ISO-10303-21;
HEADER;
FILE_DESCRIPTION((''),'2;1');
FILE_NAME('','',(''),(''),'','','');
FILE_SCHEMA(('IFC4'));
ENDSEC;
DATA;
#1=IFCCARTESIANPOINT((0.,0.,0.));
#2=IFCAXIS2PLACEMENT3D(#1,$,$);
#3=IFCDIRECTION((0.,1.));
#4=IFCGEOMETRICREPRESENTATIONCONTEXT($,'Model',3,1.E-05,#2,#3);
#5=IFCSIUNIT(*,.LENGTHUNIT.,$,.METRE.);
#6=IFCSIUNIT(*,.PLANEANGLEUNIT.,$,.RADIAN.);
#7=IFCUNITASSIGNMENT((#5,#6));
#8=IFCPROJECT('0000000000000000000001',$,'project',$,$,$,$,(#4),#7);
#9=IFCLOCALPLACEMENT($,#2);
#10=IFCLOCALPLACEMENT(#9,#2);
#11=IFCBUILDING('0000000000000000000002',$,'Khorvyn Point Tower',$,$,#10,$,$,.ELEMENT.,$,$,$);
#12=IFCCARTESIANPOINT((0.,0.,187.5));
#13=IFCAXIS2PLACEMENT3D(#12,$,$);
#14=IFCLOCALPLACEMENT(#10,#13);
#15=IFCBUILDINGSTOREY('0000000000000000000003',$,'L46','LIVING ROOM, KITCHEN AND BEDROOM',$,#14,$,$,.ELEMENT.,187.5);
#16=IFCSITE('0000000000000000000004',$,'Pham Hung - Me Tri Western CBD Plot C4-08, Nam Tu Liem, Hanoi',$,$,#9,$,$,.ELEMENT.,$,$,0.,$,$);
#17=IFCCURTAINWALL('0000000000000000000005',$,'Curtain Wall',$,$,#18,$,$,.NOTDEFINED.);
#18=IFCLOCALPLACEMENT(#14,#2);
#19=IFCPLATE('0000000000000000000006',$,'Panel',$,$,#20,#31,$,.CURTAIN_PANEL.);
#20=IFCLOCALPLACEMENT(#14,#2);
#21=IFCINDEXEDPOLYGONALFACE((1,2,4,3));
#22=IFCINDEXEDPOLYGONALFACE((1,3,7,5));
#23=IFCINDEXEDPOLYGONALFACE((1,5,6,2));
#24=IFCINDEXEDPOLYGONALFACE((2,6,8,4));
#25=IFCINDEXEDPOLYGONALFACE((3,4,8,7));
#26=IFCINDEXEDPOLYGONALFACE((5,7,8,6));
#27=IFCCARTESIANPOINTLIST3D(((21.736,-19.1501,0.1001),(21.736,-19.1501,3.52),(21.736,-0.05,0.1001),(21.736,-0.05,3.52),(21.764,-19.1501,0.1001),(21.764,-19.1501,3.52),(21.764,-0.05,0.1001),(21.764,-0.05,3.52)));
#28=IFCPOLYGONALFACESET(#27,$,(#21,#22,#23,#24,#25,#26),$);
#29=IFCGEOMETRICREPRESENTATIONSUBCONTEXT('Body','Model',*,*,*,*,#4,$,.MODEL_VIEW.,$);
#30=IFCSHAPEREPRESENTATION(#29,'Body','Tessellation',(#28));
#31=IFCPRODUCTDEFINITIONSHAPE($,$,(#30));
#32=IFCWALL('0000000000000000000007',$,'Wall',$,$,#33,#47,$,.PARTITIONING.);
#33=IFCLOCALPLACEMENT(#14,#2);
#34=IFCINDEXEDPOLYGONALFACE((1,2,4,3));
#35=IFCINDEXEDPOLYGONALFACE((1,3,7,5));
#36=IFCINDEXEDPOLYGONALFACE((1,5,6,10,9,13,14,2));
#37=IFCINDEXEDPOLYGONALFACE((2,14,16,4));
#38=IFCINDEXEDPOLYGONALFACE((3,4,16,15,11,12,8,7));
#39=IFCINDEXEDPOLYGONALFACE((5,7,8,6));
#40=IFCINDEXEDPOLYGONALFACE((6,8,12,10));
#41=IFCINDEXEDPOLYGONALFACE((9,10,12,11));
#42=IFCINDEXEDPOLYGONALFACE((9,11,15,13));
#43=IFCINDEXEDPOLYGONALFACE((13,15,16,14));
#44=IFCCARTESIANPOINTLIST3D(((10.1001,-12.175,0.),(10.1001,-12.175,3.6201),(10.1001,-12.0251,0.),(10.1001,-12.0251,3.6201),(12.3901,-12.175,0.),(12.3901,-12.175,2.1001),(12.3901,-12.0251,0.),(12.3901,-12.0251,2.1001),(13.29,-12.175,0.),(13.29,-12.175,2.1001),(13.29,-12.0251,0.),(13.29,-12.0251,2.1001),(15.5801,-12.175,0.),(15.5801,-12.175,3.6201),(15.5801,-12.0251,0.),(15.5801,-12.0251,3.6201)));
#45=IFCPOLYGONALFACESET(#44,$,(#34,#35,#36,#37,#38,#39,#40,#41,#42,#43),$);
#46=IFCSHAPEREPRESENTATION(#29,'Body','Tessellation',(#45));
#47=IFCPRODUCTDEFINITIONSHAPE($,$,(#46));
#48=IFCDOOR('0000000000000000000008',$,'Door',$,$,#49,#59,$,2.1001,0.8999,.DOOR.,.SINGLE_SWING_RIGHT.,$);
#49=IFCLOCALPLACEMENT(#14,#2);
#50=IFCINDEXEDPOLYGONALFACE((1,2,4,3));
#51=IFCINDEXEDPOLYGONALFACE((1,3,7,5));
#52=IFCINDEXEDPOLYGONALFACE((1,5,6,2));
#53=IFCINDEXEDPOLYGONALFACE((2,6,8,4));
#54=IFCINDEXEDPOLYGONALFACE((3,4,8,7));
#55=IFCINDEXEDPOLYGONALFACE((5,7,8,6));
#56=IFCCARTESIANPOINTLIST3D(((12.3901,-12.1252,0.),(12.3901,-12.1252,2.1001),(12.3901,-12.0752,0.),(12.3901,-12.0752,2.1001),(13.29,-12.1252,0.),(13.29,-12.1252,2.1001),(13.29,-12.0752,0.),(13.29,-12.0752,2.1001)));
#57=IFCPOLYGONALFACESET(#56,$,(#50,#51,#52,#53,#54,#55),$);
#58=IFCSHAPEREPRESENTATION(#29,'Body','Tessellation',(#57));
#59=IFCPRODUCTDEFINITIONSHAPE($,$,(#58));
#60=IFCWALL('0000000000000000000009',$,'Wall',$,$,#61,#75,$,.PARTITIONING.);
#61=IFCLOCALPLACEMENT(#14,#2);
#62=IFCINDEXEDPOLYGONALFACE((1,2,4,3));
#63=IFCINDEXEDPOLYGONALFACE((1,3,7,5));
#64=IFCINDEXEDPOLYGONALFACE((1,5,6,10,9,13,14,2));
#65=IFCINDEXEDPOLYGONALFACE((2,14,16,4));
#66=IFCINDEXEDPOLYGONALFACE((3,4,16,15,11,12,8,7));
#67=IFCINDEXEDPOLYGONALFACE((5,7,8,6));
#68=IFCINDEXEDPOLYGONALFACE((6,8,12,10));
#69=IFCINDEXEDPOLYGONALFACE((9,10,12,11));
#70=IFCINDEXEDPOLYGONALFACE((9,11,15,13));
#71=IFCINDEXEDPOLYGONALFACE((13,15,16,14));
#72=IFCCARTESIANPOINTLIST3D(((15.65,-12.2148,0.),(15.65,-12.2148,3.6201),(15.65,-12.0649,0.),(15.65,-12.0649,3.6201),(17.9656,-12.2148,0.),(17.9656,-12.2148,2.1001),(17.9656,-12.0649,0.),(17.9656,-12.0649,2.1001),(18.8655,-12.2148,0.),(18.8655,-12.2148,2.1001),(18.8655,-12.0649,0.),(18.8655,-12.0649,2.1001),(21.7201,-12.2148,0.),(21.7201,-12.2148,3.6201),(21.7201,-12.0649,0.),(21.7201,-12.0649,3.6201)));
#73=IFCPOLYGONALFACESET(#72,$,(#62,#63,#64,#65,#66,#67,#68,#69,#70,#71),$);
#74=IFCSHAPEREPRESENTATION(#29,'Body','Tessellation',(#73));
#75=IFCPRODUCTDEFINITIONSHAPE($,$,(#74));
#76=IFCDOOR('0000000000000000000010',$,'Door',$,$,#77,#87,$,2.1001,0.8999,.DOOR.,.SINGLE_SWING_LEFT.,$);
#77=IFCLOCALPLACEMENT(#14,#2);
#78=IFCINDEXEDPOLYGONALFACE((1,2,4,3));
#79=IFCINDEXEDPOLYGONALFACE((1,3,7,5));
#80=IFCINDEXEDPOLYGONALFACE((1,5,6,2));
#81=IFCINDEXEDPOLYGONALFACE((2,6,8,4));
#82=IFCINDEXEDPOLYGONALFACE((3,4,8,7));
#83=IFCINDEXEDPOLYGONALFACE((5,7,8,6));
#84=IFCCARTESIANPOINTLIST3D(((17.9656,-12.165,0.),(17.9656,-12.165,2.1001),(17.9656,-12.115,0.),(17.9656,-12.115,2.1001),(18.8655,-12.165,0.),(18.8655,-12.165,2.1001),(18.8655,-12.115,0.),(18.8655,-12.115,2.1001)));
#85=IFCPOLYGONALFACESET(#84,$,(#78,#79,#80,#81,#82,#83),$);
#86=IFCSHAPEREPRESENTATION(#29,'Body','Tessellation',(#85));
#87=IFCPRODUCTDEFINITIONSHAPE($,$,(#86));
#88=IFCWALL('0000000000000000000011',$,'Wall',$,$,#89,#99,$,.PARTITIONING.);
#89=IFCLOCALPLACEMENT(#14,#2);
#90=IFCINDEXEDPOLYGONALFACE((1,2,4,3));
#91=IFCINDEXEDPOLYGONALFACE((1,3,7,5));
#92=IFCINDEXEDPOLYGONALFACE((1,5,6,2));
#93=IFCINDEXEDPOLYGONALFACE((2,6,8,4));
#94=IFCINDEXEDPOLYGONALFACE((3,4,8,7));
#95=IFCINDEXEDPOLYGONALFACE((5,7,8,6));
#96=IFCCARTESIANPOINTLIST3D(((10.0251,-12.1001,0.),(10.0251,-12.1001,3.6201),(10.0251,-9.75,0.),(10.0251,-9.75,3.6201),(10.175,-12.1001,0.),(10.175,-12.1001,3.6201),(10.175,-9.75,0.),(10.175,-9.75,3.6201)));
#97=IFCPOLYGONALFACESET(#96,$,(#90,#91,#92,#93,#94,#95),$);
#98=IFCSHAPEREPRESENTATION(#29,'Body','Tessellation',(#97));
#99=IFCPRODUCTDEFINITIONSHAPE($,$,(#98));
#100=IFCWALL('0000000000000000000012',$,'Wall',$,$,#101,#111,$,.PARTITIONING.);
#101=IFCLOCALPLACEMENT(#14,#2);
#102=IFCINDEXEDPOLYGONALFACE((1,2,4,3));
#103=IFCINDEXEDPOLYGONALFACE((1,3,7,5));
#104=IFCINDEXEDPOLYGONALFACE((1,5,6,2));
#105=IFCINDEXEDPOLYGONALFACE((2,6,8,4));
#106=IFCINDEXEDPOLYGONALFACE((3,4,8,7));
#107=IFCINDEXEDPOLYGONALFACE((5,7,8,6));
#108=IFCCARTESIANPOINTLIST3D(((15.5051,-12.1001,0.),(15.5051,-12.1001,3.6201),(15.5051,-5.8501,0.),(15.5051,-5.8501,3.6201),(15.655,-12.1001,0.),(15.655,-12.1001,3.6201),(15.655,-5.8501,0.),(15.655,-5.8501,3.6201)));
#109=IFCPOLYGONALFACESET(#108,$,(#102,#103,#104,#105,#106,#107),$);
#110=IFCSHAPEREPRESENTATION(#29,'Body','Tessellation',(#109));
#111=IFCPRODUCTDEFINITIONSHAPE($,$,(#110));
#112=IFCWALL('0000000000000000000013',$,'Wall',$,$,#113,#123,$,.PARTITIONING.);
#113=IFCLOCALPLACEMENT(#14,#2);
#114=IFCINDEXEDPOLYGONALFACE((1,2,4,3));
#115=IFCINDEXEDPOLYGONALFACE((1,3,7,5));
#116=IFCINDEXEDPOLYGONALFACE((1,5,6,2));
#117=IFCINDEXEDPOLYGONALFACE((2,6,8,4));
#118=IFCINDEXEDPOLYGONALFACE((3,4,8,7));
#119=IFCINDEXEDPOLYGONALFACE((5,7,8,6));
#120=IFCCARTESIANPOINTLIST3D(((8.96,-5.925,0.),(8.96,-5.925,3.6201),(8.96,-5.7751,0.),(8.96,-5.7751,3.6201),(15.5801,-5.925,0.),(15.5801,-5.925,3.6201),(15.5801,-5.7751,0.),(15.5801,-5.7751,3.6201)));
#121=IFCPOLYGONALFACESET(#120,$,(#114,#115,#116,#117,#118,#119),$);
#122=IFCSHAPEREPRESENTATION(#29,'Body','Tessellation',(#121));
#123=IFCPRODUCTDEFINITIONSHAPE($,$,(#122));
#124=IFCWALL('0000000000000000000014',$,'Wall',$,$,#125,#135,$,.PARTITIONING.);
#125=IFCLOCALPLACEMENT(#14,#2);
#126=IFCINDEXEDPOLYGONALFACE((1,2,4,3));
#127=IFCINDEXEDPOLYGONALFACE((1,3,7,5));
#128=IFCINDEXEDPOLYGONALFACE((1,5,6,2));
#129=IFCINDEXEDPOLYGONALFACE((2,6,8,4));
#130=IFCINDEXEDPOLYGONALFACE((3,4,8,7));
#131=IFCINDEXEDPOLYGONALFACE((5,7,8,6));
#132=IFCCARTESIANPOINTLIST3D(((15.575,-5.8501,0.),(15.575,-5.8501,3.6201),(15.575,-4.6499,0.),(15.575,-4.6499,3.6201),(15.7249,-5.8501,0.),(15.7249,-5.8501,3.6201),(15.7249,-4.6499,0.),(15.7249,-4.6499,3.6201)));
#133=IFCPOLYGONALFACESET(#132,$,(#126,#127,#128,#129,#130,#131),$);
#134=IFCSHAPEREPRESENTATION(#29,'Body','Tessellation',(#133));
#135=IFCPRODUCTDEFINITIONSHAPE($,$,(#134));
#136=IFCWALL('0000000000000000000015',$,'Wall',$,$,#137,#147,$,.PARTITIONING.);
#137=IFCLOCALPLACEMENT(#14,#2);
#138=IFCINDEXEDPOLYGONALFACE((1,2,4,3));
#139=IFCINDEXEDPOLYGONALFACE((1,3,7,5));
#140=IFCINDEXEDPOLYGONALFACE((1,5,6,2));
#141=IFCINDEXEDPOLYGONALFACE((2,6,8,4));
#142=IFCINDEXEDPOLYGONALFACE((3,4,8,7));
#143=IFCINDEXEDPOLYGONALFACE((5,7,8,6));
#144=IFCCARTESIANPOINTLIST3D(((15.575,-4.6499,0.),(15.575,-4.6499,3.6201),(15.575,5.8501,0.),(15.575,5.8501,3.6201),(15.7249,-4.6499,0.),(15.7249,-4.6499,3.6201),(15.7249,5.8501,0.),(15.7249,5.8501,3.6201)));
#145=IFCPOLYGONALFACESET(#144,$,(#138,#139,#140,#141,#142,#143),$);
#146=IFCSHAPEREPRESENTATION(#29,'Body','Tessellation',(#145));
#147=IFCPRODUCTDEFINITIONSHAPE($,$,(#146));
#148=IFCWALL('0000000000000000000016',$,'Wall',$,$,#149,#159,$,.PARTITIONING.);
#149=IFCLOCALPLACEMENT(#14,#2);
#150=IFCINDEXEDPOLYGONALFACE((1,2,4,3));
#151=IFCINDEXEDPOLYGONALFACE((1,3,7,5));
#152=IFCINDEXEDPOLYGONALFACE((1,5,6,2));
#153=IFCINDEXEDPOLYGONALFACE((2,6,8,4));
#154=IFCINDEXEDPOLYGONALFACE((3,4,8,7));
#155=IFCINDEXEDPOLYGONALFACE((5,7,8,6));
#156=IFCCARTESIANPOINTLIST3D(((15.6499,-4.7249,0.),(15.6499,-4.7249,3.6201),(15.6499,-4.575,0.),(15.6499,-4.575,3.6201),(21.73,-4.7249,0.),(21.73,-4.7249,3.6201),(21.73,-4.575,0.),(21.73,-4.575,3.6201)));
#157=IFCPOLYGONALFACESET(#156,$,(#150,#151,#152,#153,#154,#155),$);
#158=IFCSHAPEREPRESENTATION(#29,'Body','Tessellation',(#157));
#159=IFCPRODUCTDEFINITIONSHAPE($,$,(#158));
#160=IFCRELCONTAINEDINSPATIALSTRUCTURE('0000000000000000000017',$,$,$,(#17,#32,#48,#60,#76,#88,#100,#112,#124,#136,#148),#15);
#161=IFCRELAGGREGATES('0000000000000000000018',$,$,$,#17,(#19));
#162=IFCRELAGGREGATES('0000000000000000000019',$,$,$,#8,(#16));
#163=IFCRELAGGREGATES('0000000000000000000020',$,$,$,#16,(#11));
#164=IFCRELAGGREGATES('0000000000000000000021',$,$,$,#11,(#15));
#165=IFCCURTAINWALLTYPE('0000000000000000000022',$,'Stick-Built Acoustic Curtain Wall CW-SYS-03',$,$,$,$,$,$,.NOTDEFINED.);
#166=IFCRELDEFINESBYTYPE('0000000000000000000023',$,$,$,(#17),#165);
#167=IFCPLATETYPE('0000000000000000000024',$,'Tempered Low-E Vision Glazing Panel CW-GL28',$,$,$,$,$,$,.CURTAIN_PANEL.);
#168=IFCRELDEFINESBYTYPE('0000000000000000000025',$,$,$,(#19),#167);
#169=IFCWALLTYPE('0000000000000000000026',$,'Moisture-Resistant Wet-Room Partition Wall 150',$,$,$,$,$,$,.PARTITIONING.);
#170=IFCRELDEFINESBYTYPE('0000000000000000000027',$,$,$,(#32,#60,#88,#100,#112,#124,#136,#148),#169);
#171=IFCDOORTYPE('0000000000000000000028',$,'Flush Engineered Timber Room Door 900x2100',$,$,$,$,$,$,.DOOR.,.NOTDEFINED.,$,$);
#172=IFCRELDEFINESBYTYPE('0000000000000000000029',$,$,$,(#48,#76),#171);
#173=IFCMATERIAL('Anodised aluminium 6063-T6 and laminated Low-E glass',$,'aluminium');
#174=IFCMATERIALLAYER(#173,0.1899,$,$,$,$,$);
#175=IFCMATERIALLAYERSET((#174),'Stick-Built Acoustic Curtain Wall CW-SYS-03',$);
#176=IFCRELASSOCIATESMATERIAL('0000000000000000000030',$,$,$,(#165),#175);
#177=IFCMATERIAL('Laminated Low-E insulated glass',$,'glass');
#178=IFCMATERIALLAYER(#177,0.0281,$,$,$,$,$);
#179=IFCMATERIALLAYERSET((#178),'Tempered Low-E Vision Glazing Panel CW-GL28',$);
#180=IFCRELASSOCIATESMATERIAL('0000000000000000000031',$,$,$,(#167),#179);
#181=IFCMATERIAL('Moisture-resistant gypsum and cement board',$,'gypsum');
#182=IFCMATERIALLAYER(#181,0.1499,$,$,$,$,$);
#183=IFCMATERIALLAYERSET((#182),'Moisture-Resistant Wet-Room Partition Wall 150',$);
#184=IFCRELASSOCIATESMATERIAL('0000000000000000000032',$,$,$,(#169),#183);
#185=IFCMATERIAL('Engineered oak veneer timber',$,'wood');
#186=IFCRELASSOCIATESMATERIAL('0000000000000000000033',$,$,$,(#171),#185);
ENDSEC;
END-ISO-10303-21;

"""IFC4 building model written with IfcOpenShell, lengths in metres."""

from ifc_helpers import new_model, si_unit, direction, frame, frame_2d, origin, origin_2d, place, context, subcontext, project, spatial, rectangle, extrude, material, layer, layer_set, type_object, element, fill, aggregate, save


model = new_model("IFC4")

# Units and contexts
model_context = context("Model", 3, precision=1e-05, world=origin(), true_north=direction((0.0, 1.0)))
body_context = subcontext(model_context, "Body", "Model", "MODEL_VIEW")
ifc_project = project(units=[si_unit("LENGTHUNIT", "METRE"), si_unit("PLANEANGLEUNIT", "RADIAN")], contexts=[model_context])

# Site, building, storey
site_placement = place(None, origin())
site = spatial("IfcSite", under=ifc_project, at=site_placement, Name="Pham Hung - Me Tri Western CBD Plot C4-08, Nam Tu Liem, Hanoi", CompositionType="ELEMENT", RefElevation=0.0)
building_placement = place(site_placement, origin())
building = spatial("IfcBuilding", under=site, at=building_placement, Name="Khorvyn Point Tower", CompositionType="ELEMENT")
storey_placement = place(building_placement, frame((0.0, 0.0, 187.5)))
storey = spatial("IfcBuildingStorey", under=building, at=storey_placement, Name="L46", Description="LIVING ROOM, KITCHEN AND BEDROOM", CompositionType="ELEMENT", Elevation=187.5)

# Curtain wall, plate
ifc_material_1 = material(Name="Anodised aluminium 6063-T6 and laminated Low-E glass", Category="aluminium")
ifc_layer_1 = layer(ifc_material_1, 0.1899)
ifc_layer_set_1 = layer_set([ifc_layer_1], Name="Stick-Built Acoustic Curtain Wall CW-SYS-03")
curtain_wall_type = type_object("IfcCurtainWallType", Name="Stick-Built Acoustic Curtain Wall CW-SYS-03", PredefinedType="NOTDEFINED", material=ifc_layer_set_1)
curtain_wall_placement = place(storey_placement, origin())
curtain_wall = element("IfcCurtainWall", 1, at=curtain_wall_placement, inside=storey, type_object=curtain_wall_type, Name="Curtain Wall", PredefinedType="NOTDEFINED")
ifc_material_2 = material(Name="Laminated Low-E insulated glass", Category="glass")
ifc_layer_2 = layer(ifc_material_2, 0.0281)
ifc_layer_set_2 = layer_set([ifc_layer_2], Name="Tempered Low-E Vision Glazing Panel CW-GL28")
plate_type_1 = type_object("IfcPlateType", Name="Tempered Low-E Vision Glazing Panel CW-GL28", PredefinedType="CURTAIN_PANEL", material=ifc_layer_set_2)
plate_placement = place(storey_placement, frame((21.75, -9.6001, 0.1001), z_axis=(0.0, 0.0, 1.0), x_axis=(0.0, -1.0, 0.0)))
plate = element("IfcPlate", 2, at=plate_placement, type_object=plate_type_1, Name="Panel", PredefinedType="CURTAIN_PANEL", context=body_context, shape_type="SweptSolid", body=[
    extrude(rectangle(XDim=19.1001, YDim=0.0281, at=origin_2d()), origin(), (0.0, 0.0, 1.0), 3.4199),
])
aggregate(curtain_wall, [plate])

# Walls, openings, doors
ifc_material_3 = material(Name="Moisture-resistant gypsum and cement board", Category="gypsum")
ifc_layer_3 = layer(ifc_material_3, 0.1499)
ifc_layer_set_3 = layer_set([ifc_layer_3], Name="Moisture-Resistant Wet-Room Partition Wall 150")
wall_type = type_object("IfcWallType", Name="Moisture-Resistant Wet-Room Partition Wall 150", PredefinedType="PARTITIONING", material=ifc_layer_set_3)
wall_1_placement = place(storey_placement, frame((10.1001, -12.1001, 0.0), z_axis=(0.0, 0.0, 1.0), x_axis=(1.0, 0.0, 0.0)))
wall_1 = element("IfcWall", 3, at=wall_1_placement, inside=storey, type_object=wall_type, Name="Wall", PredefinedType="PARTITIONING", context=body_context, shape_type="SweptSolid", body=[
    extrude(rectangle(XDim=5.48, YDim=0.1499, at=frame_2d((2.74, 0.0))), origin(), (0.0, 0.0, 1.0), 3.6201),
])
opening_1_placement = place(wall_1_placement, frame((2.29, 0.0, 0.0)))
opening_1 = element("IfcOpeningElement", 4, at=opening_1_placement, cuts=wall_1, PredefinedType="OPENING", context=body_context, shape_type="SweptSolid", body=[
    extrude(rectangle(XDim=0.8999, YDim=2.1001, at=frame_2d((0.45, 1.05))), frame((0.0, 0.085, 0.0), z_axis=(0.0, -1.0, 0.0), x_axis=(1.0, 0.0, 0.0)), (0.0, 0.0, 1.0), 0.1699),
])
ifc_material_4 = material(Name="Engineered oak veneer timber", Category="wood")
door_type = type_object("IfcDoorType", Name="Flush Engineered Timber Room Door 900x2100", OperationType="NOTDEFINED", PredefinedType="DOOR", material=ifc_material_4)
door_1_placement = place(opening_1_placement, origin())
door_1 = element("IfcDoor", 5, at=door_1_placement, inside=storey, type_object=door_type, Name="Door", OperationType="SINGLE_SWING_RIGHT", OverallHeight=2.1001, OverallWidth=0.8999, PredefinedType="DOOR", context=body_context, shape_type="SweptSolid", body=[
    extrude(rectangle(XDim=0.8999, YDim=2.1001, at=frame_2d((0.45, 1.05))), frame((0.0, 0.0249, 0.0), z_axis=(0.0, -1.0, 0.0), x_axis=(1.0, 0.0, 0.0)), (0.0, 0.0, 1.0), 0.05),
])
fill(opening_1, door_1)
wall_2_placement = place(storey_placement, frame((15.6499, -12.1399, 0.0), z_axis=(0.0, 0.0, 1.0), x_axis=(1.0, 0.0, 0.0)))
wall_2 = element("IfcWall", 6, at=wall_2_placement, inside=storey, type_object=wall_type, Name="Wall", PredefinedType="PARTITIONING", context=body_context, shape_type="SweptSolid", body=[
    extrude(rectangle(XDim=6.0701, YDim=0.1499, at=frame_2d((3.0352, 0.0))), origin(), (0.0, 0.0, 1.0), 3.6201),
])
opening_2_placement = place(wall_2_placement, frame((2.3157, 0.0, 0.0)))
opening_2 = element("IfcOpeningElement", 7, at=opening_2_placement, cuts=wall_2, PredefinedType="OPENING", context=body_context, shape_type="SweptSolid", body=[
    extrude(rectangle(XDim=0.8999, YDim=2.1001, at=frame_2d((0.45, 1.05))), frame((0.0, 0.085, 0.0), z_axis=(0.0, -1.0, 0.0), x_axis=(1.0, 0.0, 0.0)), (0.0, 0.0, 1.0), 0.1699),
])
door_2_placement = place(opening_2_placement, origin())
door_2 = element("IfcDoor", 8, at=door_2_placement, inside=storey, type_object=door_type, Name="Door", OperationType="SINGLE_SWING_LEFT", OverallHeight=2.1001, OverallWidth=0.8999, PredefinedType="DOOR", context=body_context, shape_type="SweptSolid", body=[
    extrude(rectangle(XDim=0.8999, YDim=2.1001, at=frame_2d((0.45, 1.05))), frame((0.0, 0.0249, 0.0), z_axis=(0.0, -1.0, 0.0), x_axis=(1.0, 0.0, 0.0)), (0.0, 0.0, 1.0), 0.05),
])
fill(opening_2, door_2)

# Walls
wall_3_placement = place(storey_placement, frame((10.1001, -12.1001, 0.0), z_axis=(0.0, 0.0, 1.0), x_axis=(0.0, 1.0, 0.0)))
element("IfcWall", 9, at=wall_3_placement, inside=storey, type_object=wall_type, Name="Wall", PredefinedType="PARTITIONING", context=body_context, shape_type="SweptSolid", body=[
    extrude(rectangle(XDim=2.3501, YDim=0.1499, at=frame_2d((1.175, 0.0))), origin(), (0.0, 0.0, 1.0), 3.6201),
])
wall_4_placement = place(storey_placement, frame((15.5801, -12.1001, 0.0), z_axis=(0.0, 0.0, 1.0), x_axis=(0.0, 1.0, 0.0)))
element("IfcWall", 10, at=wall_4_placement, inside=storey, type_object=wall_type, Name="Wall", PredefinedType="PARTITIONING", context=body_context, shape_type="SweptSolid", body=[
    extrude(rectangle(XDim=6.25, YDim=0.1499, at=frame_2d((3.125, 0.0))), origin(), (0.0, 0.0, 1.0), 3.6201),
])
wall_5_placement = place(storey_placement, frame((8.96, -5.8501, 0.0), z_axis=(0.0, 0.0, 1.0), x_axis=(1.0, 0.0, 0.0)))
element("IfcWall", 11, at=wall_5_placement, inside=storey, type_object=wall_type, Name="Wall", PredefinedType="PARTITIONING", context=body_context, shape_type="SweptSolid", body=[
    extrude(rectangle(XDim=6.6201, YDim=0.1499, at=frame_2d((3.3101, 0.0))), origin(), (0.0, 0.0, 1.0), 3.6201),
])
wall_6_placement = place(storey_placement, frame((15.6499, -5.8501, 0.0), z_axis=(0.0, 0.0, 1.0), x_axis=(0.0, 1.0, 0.0)))
element("IfcWall", 12, at=wall_6_placement, inside=storey, type_object=wall_type, Name="Wall", PredefinedType="PARTITIONING", context=body_context, shape_type="SweptSolid", body=[
    extrude(rectangle(XDim=1.2002, YDim=0.1499, at=frame_2d((0.6001, 0.0))), origin(), (0.0, 0.0, 1.0), 3.6201),
])
wall_7_placement = place(storey_placement, frame((15.6499, -4.6499, 0.0), z_axis=(0.0, 0.0, 1.0), x_axis=(0.0, 1.0, 0.0)))
element("IfcWall", 13, at=wall_7_placement, inside=storey, type_object=wall_type, Name="Wall", PredefinedType="PARTITIONING", context=body_context, shape_type="SweptSolid", body=[
    extrude(rectangle(XDim=10.5, YDim=0.1499, at=frame_2d((5.25, 0.0))), origin(), (0.0, 0.0, 1.0), 3.6201),
])
wall_8_placement = place(storey_placement, frame((15.6499, -4.6499, 0.0), z_axis=(0.0, 0.0, 1.0), x_axis=(1.0, 0.0, 0.0)))
element("IfcWall", 14, at=wall_8_placement, inside=storey, type_object=wall_type, Name="Wall", PredefinedType="PARTITIONING", context=body_context, shape_type="SweptSolid", body=[
    extrude(rectangle(XDim=6.0801, YDim=0.1499, at=frame_2d((3.04, 0.0))), origin(), (0.0, 0.0, 1.0), 3.6201),
])

save(model, "model.ifc")
